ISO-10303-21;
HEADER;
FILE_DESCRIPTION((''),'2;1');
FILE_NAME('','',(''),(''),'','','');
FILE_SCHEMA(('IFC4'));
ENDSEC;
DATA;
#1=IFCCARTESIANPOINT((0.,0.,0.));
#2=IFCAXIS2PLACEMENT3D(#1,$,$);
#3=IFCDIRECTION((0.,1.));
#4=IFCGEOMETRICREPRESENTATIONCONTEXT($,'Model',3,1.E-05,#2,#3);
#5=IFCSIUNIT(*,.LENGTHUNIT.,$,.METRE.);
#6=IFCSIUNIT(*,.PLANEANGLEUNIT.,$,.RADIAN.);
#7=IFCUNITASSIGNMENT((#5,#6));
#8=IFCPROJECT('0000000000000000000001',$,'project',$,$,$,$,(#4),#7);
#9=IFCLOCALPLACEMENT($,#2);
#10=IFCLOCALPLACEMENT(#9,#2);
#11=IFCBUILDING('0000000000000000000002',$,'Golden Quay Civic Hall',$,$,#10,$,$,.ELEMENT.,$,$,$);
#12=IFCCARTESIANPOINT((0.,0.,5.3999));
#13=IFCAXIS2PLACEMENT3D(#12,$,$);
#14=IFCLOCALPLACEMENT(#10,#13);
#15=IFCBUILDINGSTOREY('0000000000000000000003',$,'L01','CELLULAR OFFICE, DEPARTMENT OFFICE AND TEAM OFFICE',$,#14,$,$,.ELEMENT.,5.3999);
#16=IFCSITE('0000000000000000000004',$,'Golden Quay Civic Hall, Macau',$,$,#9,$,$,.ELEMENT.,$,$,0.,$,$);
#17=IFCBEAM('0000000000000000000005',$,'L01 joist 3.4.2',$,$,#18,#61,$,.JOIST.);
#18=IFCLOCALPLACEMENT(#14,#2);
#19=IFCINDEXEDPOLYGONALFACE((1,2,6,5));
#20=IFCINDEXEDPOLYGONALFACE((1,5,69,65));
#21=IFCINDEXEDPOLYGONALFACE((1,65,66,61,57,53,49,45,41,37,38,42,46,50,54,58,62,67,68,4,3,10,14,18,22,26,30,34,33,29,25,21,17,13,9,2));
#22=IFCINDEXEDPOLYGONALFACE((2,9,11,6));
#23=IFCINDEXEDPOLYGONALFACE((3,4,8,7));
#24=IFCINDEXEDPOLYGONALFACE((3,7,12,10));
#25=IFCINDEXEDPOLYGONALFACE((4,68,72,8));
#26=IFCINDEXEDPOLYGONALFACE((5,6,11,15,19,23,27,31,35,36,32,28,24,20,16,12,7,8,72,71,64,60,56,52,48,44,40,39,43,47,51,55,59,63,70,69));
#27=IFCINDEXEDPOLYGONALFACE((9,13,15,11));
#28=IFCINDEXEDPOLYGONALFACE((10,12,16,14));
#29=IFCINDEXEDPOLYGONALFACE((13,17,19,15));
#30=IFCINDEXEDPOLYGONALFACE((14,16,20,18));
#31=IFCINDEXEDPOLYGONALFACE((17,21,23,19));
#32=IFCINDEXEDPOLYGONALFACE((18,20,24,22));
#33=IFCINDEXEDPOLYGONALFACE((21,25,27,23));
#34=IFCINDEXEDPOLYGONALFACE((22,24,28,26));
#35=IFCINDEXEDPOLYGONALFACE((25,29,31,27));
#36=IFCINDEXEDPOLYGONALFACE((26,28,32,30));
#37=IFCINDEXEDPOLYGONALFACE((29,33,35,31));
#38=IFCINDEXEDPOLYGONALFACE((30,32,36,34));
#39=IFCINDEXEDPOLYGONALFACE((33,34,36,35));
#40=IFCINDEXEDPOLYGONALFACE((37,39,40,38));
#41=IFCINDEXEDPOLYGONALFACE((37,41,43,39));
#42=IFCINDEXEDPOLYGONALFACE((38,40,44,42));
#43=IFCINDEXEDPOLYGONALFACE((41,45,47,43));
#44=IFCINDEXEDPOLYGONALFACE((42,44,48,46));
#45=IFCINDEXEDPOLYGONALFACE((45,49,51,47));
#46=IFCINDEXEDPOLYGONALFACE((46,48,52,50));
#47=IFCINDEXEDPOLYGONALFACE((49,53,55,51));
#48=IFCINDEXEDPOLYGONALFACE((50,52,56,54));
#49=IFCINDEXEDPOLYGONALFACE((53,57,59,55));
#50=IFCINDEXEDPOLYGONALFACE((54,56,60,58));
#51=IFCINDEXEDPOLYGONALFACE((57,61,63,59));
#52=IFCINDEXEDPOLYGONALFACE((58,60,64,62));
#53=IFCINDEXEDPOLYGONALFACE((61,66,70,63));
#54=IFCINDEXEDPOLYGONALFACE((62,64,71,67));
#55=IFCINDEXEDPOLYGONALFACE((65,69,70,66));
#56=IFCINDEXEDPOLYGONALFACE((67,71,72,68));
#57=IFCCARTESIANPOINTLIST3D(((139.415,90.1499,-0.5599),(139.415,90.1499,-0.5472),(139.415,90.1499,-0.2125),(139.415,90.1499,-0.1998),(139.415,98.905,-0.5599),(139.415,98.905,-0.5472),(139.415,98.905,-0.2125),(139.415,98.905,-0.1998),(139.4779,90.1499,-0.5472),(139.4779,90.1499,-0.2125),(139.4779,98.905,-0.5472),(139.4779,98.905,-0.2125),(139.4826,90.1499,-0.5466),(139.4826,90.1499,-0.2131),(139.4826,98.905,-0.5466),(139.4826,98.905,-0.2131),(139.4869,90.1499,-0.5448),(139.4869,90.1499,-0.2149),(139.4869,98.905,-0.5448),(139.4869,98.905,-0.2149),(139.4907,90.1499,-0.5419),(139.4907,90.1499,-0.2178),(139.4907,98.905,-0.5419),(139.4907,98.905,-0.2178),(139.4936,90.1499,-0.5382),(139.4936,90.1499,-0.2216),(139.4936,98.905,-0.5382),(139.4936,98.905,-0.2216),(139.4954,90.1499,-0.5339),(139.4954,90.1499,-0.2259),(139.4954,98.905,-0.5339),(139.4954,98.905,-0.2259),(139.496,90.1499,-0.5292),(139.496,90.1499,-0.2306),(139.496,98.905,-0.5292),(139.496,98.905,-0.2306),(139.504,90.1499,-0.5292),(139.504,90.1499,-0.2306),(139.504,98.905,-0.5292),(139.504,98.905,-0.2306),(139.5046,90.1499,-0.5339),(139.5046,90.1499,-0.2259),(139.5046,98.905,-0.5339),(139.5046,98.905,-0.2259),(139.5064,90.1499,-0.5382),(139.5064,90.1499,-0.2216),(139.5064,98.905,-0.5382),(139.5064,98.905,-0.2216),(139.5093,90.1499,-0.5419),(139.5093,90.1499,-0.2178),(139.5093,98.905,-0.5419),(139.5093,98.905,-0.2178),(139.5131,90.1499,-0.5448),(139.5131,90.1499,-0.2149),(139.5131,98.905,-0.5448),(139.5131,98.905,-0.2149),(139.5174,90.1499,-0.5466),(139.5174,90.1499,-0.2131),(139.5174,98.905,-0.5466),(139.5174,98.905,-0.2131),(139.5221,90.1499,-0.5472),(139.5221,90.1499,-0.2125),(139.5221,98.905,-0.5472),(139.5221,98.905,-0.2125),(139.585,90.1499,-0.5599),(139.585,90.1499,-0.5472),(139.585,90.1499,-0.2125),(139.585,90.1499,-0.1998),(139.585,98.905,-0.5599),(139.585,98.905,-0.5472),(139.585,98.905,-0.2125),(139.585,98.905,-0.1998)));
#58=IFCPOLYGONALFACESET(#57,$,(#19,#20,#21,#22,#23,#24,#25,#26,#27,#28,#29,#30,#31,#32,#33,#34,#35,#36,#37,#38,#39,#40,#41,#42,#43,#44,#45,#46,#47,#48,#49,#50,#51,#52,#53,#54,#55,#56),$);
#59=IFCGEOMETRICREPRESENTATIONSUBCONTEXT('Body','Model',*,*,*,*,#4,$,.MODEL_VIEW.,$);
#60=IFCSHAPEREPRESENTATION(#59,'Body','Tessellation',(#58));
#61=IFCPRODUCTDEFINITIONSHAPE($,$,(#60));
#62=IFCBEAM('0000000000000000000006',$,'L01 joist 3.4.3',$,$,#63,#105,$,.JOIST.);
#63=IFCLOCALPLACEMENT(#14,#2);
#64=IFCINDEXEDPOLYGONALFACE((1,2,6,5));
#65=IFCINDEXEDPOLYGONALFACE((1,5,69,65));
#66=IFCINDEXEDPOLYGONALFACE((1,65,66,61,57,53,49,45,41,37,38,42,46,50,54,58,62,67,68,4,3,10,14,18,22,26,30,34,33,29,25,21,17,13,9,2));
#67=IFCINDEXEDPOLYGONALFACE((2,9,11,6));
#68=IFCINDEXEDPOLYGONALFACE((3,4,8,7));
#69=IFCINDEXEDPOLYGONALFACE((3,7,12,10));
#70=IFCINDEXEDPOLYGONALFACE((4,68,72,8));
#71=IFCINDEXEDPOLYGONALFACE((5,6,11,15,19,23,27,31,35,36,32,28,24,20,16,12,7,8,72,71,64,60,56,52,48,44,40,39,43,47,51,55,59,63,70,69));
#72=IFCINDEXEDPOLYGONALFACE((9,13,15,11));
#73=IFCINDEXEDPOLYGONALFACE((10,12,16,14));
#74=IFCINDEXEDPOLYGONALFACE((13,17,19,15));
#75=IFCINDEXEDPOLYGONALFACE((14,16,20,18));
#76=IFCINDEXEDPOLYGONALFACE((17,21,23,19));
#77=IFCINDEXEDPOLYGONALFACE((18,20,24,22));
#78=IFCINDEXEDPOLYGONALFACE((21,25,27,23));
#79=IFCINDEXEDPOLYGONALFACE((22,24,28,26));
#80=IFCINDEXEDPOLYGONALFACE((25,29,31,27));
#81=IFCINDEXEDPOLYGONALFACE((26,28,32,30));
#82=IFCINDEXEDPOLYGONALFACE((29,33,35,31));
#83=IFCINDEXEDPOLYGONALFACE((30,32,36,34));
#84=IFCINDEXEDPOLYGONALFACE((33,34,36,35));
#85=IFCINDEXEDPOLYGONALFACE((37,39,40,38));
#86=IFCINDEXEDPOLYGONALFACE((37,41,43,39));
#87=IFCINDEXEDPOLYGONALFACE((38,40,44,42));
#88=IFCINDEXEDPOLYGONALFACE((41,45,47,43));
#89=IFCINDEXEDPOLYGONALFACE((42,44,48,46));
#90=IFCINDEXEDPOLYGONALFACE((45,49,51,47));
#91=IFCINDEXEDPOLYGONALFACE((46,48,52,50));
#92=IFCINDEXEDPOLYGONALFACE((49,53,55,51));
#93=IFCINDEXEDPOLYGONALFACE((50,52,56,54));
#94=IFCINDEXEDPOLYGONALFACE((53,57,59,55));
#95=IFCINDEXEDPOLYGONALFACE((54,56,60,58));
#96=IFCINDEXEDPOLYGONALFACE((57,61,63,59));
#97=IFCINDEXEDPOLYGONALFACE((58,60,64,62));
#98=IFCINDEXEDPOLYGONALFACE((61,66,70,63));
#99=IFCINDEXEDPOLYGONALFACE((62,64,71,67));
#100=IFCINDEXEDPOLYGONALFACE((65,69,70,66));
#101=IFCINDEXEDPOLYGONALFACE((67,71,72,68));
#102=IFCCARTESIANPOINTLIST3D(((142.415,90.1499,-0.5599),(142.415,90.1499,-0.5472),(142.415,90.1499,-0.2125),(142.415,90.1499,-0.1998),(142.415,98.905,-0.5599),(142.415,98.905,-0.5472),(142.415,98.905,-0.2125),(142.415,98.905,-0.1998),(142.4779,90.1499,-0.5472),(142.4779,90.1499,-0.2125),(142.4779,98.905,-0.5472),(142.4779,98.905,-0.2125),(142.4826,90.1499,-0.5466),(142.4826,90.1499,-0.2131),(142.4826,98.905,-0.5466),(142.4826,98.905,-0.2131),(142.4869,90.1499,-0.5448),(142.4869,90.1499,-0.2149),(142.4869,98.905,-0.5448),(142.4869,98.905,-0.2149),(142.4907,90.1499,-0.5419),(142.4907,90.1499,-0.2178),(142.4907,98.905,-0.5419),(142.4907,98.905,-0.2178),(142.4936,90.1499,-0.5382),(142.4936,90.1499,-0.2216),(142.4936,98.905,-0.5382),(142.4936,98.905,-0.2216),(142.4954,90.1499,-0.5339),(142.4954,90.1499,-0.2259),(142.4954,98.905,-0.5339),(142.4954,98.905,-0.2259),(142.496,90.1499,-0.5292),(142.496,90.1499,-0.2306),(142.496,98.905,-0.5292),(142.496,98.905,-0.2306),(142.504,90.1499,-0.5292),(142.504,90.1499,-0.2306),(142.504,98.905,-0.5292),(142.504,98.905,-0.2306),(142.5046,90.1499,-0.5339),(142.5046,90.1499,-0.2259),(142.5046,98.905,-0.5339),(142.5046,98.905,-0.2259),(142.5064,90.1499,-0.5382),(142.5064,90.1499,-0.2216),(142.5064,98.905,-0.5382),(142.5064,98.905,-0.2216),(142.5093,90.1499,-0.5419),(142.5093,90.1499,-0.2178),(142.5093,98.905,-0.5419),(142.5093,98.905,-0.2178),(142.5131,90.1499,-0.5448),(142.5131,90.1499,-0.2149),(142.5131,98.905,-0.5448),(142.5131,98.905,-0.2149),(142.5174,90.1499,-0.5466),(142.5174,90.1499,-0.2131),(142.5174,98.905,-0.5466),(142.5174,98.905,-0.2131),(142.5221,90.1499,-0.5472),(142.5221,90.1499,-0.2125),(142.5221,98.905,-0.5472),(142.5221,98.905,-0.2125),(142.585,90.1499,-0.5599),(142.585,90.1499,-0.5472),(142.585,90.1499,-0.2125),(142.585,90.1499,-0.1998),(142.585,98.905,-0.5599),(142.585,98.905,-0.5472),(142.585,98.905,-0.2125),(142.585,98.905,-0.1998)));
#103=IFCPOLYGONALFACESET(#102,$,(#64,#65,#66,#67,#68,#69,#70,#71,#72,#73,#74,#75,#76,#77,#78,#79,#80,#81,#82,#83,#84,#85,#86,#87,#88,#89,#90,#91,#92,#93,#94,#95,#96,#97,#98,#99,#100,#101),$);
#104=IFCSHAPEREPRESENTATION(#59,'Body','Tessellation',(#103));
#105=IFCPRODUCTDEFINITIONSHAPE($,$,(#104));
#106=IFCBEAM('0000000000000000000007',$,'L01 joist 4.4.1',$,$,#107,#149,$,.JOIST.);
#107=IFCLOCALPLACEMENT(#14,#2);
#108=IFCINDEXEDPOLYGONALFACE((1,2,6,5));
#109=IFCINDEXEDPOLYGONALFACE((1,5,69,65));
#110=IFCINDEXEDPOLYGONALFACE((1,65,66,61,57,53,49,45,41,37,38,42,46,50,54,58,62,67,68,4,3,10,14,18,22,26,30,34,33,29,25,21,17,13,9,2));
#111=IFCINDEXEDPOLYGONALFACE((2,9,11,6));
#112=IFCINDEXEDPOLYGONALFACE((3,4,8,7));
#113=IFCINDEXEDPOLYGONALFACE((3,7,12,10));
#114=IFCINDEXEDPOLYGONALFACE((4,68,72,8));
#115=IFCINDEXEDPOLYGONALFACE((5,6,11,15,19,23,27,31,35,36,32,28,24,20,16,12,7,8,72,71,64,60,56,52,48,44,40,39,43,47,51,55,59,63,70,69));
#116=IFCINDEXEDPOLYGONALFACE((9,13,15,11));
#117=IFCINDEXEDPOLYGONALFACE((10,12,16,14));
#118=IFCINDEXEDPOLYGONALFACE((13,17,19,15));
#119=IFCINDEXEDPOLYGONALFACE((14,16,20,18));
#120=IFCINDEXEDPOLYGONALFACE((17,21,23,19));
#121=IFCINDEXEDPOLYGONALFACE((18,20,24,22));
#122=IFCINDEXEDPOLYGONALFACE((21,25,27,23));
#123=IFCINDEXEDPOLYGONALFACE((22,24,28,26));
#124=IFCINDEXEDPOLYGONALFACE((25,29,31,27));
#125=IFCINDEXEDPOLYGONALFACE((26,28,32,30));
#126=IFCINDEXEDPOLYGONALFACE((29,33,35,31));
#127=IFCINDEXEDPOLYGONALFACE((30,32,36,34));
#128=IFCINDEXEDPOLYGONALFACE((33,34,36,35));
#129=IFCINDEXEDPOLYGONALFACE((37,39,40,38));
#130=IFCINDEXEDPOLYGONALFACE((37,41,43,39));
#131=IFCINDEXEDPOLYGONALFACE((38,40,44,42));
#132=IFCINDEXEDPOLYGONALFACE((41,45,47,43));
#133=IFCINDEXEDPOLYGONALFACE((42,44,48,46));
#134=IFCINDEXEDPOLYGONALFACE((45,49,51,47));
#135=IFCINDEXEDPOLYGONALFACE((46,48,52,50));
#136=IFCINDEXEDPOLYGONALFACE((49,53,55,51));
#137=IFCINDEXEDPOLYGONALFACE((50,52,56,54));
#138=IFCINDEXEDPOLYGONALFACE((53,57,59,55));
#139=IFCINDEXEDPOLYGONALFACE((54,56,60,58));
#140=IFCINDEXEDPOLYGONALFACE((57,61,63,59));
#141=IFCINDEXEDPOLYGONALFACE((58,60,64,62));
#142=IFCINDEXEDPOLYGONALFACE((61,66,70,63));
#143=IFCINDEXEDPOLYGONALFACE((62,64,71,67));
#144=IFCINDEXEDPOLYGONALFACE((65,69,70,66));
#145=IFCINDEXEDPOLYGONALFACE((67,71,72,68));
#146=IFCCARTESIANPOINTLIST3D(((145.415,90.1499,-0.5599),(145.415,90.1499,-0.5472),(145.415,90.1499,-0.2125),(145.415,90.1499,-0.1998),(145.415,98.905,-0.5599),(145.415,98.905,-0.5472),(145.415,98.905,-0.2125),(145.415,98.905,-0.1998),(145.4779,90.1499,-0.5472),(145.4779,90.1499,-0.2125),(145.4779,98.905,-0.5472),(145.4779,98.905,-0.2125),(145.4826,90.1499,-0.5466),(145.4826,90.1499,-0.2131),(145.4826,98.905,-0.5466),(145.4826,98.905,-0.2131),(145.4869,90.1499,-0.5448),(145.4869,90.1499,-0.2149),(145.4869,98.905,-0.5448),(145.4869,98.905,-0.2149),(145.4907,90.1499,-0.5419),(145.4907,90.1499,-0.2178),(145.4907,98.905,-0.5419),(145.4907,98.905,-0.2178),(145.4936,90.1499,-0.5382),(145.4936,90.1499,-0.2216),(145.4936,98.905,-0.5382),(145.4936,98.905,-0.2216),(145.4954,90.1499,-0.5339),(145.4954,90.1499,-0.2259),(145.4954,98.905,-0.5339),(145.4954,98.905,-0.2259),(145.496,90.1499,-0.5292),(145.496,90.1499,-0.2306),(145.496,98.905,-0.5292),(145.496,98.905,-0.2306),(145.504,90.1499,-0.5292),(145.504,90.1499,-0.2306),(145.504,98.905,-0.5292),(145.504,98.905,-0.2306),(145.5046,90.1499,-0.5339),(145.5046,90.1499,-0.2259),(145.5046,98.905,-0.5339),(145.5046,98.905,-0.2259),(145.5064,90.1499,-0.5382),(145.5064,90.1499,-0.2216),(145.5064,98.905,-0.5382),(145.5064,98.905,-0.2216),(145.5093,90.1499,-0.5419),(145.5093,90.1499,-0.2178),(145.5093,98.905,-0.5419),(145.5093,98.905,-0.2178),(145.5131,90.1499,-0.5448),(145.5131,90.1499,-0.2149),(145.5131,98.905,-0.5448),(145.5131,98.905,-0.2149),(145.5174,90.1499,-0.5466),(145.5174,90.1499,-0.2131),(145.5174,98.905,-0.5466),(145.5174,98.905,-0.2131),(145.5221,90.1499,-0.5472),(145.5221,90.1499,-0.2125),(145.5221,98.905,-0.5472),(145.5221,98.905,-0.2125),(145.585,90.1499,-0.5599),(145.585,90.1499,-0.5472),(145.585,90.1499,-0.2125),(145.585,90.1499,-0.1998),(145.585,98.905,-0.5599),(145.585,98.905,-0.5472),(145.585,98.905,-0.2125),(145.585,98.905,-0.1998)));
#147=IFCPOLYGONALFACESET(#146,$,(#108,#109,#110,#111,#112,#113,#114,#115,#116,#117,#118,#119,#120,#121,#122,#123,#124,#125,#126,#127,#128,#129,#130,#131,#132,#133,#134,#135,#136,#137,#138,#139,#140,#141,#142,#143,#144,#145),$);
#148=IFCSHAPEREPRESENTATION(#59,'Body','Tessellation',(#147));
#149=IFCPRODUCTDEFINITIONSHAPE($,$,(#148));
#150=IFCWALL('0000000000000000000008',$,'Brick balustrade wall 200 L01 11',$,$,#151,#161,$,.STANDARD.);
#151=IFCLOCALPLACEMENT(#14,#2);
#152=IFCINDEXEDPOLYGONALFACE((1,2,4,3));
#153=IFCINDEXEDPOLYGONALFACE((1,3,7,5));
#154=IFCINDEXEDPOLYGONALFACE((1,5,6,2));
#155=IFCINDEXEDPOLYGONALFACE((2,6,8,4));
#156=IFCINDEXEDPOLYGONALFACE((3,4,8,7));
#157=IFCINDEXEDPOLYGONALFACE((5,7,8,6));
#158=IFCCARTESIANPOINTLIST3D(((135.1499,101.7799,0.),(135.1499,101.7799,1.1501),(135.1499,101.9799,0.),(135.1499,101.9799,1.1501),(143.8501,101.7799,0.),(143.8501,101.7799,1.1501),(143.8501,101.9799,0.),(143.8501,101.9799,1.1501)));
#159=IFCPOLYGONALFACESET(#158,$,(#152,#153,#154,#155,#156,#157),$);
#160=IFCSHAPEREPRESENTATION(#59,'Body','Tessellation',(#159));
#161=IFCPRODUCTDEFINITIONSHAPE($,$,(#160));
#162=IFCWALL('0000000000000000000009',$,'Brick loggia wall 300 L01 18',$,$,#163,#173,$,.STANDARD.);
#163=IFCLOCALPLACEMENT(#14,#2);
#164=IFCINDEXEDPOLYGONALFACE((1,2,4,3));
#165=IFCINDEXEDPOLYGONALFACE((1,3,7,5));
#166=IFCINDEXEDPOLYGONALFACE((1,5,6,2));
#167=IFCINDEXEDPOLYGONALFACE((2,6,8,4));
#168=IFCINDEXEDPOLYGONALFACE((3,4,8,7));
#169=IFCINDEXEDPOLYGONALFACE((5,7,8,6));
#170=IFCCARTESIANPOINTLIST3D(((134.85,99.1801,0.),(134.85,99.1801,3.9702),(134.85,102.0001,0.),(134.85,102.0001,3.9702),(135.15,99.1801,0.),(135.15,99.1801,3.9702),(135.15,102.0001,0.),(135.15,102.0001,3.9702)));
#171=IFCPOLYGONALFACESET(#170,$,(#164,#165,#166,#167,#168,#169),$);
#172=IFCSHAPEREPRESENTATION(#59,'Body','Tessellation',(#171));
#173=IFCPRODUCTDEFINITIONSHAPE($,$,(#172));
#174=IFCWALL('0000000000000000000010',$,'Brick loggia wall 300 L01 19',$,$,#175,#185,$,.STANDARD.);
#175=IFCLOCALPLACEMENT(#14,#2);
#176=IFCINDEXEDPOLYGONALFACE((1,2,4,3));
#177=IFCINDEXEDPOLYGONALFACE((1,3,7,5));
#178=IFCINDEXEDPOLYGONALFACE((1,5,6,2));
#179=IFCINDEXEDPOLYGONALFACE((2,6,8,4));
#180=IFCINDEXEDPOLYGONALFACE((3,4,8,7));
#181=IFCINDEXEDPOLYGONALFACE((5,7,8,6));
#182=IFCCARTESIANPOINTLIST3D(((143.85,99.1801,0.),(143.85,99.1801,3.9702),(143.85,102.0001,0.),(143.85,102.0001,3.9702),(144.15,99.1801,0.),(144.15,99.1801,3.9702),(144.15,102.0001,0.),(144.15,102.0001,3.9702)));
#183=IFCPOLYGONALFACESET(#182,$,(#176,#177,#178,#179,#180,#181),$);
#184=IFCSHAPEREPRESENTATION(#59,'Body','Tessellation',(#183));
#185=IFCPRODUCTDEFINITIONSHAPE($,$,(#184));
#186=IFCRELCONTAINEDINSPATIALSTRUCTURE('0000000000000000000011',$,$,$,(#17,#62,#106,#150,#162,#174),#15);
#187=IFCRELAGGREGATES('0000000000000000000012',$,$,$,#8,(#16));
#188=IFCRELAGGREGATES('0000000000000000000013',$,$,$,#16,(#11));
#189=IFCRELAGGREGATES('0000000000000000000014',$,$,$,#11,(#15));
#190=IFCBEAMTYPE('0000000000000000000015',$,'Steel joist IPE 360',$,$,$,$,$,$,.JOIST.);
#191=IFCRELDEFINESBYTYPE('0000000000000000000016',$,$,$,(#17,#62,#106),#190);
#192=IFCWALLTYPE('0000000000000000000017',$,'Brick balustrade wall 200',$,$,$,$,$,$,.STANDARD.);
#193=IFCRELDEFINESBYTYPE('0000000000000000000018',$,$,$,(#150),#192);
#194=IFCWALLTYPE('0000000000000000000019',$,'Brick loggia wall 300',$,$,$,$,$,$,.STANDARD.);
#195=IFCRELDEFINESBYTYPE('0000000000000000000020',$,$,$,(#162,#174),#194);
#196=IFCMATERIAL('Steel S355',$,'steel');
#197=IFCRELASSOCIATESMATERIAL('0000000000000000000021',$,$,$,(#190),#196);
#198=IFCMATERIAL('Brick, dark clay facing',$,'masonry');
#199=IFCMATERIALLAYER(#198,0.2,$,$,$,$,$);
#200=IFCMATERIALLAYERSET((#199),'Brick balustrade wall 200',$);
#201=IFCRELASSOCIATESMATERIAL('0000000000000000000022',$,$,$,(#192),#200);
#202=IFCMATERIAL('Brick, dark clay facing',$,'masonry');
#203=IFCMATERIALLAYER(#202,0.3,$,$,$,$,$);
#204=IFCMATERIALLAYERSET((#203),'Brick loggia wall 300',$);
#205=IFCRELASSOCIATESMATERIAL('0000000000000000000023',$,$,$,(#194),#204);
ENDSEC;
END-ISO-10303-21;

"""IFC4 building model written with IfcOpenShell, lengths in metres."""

from ifc_helpers import new_model, si_unit, direction, frame, frame_2d, origin, origin_2d, place, context, subcontext, project, spatial, rectangle, i_section, extrude, material, layer, layer_set, material_profile, profile_set, type_object, element, save


model = new_model("IFC4")

# Units and contexts
model_context = context("Model", 3, precision=1e-05, world=origin(), true_north=direction((0.0, 1.0)))
body_context = subcontext(model_context, "Body", "Model", "MODEL_VIEW")
ifc_project = project(units=[si_unit("LENGTHUNIT", "METRE"), si_unit("PLANEANGLEUNIT", "RADIAN")], contexts=[model_context])

# Site, building, storey
site_placement = place(None, origin())
site = spatial("IfcSite", under=ifc_project, at=site_placement, Name="Golden Quay Civic Hall, Macau", CompositionType="ELEMENT", RefElevation=0.0)
building_placement = place(site_placement, origin())
building = spatial("IfcBuilding", under=site, at=building_placement, Name="Golden Quay Civic Hall", CompositionType="ELEMENT")
storey_placement = place(building_placement, frame((0.0, 0.0, 5.3999)))
storey = spatial("IfcBuildingStorey", under=building, at=storey_placement, Name="L01", Description="CELLULAR OFFICE, DEPARTMENT OFFICE AND TEAM OFFICE", CompositionType="ELEMENT", Elevation=5.3999)

# Beams
ifc_material_1 = material(Name="Steel S355", Category="steel")
ifc_material_profile_1 = material_profile(ifc_material_1, i_section(OverallWidth=0.1699, OverallDepth=0.3601, WebThickness=0.0081, FlangeThickness=0.0127, FilletRadius=0.0181, at=origin_2d()), Name="IPE 360")
ifc_profile_set_1 = profile_set([ifc_material_profile_1], Name="Steel S355")
beam_type_1 = type_object("IfcBeamType", Name="Steel joist IPE 360", PredefinedType="JOIST", material=ifc_profile_set_1)
for number, where, z_axis, x_axis, name in (
    (1, (139.5, 90.1499, -0.3799), (0.0, 1.0, 0.0), (-1.0, 0.0, 0.0), "L01 joist 3.4.2"),
    (2, (142.5, 90.1499, -0.3799), (0.0, 1.0, 0.0), (-1.0, 0.0, 0.0), "L01 joist 3.4.3"),
    (3, (145.5, 90.1499, -0.3799), (0.0, 1.0, 0.0), (-1.0, 0.0, 0.0), "L01 joist 4.4.1"),
):
    element("IfcBeam", number, at=place(storey_placement, frame(where, z_axis=z_axis, x_axis=x_axis)), inside=storey, type_object=beam_type_1, Name=name, PredefinedType="JOIST", context=body_context, shape_type="SweptSolid", body=[
        extrude(i_section(OverallWidth=0.1699, OverallDepth=0.3601, WebThickness=0.0081, FlangeThickness=0.0127, FilletRadius=0.0181, at=origin_2d()), origin(), (0.0, 0.0, 1.0), 8.7551),
    ])

# Walls
ifc_material_2 = material(Name="Brick, dark clay facing", Category="masonry")
ifc_layer_1 = layer(ifc_material_2, 0.2)
ifc_layer_set_1 = layer_set([ifc_layer_1], Name="Brick balustrade wall 200")
wall_type_1 = type_object("IfcWallType", Name="Brick balustrade wall 200", PredefinedType="STANDARD", material=ifc_layer_set_1)
wall_1_placement = place(storey_placement, frame((135.1499, 101.8799, 0.0), z_axis=(0.0, 0.0, 1.0), x_axis=(1.0, 0.0, 0.0)))
element("IfcWall", 4, at=wall_1_placement, inside=storey, type_object=wall_type_1, Name="Brick balustrade wall 200 L01 11", PredefinedType="STANDARD", context=body_context, shape_type="SweptSolid", body=[
    extrude(rectangle(XDim=8.7002, YDim=0.2, at=frame_2d((4.3501, 0.0))), origin(), (0.0, 0.0, 1.0), 1.1501),
])
ifc_material_3 = material(Name="Brick, dark clay facing", Category="masonry")
ifc_layer_2 = layer(ifc_material_3, 0.3)
ifc_layer_set_2 = layer_set([ifc_layer_2], Name="Brick loggia wall 300")
wall_type_2 = type_object("IfcWallType", Name="Brick loggia wall 300", PredefinedType="STANDARD", material=ifc_layer_set_2)
for number, where, z_axis, x_axis, name in (
    (5, (135.0, 99.1799, 0.0), (0.0, 0.0, 1.0), (0.0, 1.0, 0.0), "Brick loggia wall 300 L01 18"),
    (6, (144.0, 99.1799, 0.0), (0.0, 0.0, 1.0), (0.0, 1.0, 0.0), "Brick loggia wall 300 L01 19"),
):
    element("IfcWall", number, at=place(storey_placement, frame(where, z_axis=z_axis, x_axis=x_axis)), inside=storey, type_object=wall_type_2, Name=name, PredefinedType="STANDARD", context=body_context, shape_type="SweptSolid", body=[
        extrude(rectangle(XDim=2.8201, YDim=0.3, at=frame_2d((1.4102, 0.0))), origin(), (0.0, 0.0, 1.0), 3.9702),
    ])

save(model, "model.ifc")
